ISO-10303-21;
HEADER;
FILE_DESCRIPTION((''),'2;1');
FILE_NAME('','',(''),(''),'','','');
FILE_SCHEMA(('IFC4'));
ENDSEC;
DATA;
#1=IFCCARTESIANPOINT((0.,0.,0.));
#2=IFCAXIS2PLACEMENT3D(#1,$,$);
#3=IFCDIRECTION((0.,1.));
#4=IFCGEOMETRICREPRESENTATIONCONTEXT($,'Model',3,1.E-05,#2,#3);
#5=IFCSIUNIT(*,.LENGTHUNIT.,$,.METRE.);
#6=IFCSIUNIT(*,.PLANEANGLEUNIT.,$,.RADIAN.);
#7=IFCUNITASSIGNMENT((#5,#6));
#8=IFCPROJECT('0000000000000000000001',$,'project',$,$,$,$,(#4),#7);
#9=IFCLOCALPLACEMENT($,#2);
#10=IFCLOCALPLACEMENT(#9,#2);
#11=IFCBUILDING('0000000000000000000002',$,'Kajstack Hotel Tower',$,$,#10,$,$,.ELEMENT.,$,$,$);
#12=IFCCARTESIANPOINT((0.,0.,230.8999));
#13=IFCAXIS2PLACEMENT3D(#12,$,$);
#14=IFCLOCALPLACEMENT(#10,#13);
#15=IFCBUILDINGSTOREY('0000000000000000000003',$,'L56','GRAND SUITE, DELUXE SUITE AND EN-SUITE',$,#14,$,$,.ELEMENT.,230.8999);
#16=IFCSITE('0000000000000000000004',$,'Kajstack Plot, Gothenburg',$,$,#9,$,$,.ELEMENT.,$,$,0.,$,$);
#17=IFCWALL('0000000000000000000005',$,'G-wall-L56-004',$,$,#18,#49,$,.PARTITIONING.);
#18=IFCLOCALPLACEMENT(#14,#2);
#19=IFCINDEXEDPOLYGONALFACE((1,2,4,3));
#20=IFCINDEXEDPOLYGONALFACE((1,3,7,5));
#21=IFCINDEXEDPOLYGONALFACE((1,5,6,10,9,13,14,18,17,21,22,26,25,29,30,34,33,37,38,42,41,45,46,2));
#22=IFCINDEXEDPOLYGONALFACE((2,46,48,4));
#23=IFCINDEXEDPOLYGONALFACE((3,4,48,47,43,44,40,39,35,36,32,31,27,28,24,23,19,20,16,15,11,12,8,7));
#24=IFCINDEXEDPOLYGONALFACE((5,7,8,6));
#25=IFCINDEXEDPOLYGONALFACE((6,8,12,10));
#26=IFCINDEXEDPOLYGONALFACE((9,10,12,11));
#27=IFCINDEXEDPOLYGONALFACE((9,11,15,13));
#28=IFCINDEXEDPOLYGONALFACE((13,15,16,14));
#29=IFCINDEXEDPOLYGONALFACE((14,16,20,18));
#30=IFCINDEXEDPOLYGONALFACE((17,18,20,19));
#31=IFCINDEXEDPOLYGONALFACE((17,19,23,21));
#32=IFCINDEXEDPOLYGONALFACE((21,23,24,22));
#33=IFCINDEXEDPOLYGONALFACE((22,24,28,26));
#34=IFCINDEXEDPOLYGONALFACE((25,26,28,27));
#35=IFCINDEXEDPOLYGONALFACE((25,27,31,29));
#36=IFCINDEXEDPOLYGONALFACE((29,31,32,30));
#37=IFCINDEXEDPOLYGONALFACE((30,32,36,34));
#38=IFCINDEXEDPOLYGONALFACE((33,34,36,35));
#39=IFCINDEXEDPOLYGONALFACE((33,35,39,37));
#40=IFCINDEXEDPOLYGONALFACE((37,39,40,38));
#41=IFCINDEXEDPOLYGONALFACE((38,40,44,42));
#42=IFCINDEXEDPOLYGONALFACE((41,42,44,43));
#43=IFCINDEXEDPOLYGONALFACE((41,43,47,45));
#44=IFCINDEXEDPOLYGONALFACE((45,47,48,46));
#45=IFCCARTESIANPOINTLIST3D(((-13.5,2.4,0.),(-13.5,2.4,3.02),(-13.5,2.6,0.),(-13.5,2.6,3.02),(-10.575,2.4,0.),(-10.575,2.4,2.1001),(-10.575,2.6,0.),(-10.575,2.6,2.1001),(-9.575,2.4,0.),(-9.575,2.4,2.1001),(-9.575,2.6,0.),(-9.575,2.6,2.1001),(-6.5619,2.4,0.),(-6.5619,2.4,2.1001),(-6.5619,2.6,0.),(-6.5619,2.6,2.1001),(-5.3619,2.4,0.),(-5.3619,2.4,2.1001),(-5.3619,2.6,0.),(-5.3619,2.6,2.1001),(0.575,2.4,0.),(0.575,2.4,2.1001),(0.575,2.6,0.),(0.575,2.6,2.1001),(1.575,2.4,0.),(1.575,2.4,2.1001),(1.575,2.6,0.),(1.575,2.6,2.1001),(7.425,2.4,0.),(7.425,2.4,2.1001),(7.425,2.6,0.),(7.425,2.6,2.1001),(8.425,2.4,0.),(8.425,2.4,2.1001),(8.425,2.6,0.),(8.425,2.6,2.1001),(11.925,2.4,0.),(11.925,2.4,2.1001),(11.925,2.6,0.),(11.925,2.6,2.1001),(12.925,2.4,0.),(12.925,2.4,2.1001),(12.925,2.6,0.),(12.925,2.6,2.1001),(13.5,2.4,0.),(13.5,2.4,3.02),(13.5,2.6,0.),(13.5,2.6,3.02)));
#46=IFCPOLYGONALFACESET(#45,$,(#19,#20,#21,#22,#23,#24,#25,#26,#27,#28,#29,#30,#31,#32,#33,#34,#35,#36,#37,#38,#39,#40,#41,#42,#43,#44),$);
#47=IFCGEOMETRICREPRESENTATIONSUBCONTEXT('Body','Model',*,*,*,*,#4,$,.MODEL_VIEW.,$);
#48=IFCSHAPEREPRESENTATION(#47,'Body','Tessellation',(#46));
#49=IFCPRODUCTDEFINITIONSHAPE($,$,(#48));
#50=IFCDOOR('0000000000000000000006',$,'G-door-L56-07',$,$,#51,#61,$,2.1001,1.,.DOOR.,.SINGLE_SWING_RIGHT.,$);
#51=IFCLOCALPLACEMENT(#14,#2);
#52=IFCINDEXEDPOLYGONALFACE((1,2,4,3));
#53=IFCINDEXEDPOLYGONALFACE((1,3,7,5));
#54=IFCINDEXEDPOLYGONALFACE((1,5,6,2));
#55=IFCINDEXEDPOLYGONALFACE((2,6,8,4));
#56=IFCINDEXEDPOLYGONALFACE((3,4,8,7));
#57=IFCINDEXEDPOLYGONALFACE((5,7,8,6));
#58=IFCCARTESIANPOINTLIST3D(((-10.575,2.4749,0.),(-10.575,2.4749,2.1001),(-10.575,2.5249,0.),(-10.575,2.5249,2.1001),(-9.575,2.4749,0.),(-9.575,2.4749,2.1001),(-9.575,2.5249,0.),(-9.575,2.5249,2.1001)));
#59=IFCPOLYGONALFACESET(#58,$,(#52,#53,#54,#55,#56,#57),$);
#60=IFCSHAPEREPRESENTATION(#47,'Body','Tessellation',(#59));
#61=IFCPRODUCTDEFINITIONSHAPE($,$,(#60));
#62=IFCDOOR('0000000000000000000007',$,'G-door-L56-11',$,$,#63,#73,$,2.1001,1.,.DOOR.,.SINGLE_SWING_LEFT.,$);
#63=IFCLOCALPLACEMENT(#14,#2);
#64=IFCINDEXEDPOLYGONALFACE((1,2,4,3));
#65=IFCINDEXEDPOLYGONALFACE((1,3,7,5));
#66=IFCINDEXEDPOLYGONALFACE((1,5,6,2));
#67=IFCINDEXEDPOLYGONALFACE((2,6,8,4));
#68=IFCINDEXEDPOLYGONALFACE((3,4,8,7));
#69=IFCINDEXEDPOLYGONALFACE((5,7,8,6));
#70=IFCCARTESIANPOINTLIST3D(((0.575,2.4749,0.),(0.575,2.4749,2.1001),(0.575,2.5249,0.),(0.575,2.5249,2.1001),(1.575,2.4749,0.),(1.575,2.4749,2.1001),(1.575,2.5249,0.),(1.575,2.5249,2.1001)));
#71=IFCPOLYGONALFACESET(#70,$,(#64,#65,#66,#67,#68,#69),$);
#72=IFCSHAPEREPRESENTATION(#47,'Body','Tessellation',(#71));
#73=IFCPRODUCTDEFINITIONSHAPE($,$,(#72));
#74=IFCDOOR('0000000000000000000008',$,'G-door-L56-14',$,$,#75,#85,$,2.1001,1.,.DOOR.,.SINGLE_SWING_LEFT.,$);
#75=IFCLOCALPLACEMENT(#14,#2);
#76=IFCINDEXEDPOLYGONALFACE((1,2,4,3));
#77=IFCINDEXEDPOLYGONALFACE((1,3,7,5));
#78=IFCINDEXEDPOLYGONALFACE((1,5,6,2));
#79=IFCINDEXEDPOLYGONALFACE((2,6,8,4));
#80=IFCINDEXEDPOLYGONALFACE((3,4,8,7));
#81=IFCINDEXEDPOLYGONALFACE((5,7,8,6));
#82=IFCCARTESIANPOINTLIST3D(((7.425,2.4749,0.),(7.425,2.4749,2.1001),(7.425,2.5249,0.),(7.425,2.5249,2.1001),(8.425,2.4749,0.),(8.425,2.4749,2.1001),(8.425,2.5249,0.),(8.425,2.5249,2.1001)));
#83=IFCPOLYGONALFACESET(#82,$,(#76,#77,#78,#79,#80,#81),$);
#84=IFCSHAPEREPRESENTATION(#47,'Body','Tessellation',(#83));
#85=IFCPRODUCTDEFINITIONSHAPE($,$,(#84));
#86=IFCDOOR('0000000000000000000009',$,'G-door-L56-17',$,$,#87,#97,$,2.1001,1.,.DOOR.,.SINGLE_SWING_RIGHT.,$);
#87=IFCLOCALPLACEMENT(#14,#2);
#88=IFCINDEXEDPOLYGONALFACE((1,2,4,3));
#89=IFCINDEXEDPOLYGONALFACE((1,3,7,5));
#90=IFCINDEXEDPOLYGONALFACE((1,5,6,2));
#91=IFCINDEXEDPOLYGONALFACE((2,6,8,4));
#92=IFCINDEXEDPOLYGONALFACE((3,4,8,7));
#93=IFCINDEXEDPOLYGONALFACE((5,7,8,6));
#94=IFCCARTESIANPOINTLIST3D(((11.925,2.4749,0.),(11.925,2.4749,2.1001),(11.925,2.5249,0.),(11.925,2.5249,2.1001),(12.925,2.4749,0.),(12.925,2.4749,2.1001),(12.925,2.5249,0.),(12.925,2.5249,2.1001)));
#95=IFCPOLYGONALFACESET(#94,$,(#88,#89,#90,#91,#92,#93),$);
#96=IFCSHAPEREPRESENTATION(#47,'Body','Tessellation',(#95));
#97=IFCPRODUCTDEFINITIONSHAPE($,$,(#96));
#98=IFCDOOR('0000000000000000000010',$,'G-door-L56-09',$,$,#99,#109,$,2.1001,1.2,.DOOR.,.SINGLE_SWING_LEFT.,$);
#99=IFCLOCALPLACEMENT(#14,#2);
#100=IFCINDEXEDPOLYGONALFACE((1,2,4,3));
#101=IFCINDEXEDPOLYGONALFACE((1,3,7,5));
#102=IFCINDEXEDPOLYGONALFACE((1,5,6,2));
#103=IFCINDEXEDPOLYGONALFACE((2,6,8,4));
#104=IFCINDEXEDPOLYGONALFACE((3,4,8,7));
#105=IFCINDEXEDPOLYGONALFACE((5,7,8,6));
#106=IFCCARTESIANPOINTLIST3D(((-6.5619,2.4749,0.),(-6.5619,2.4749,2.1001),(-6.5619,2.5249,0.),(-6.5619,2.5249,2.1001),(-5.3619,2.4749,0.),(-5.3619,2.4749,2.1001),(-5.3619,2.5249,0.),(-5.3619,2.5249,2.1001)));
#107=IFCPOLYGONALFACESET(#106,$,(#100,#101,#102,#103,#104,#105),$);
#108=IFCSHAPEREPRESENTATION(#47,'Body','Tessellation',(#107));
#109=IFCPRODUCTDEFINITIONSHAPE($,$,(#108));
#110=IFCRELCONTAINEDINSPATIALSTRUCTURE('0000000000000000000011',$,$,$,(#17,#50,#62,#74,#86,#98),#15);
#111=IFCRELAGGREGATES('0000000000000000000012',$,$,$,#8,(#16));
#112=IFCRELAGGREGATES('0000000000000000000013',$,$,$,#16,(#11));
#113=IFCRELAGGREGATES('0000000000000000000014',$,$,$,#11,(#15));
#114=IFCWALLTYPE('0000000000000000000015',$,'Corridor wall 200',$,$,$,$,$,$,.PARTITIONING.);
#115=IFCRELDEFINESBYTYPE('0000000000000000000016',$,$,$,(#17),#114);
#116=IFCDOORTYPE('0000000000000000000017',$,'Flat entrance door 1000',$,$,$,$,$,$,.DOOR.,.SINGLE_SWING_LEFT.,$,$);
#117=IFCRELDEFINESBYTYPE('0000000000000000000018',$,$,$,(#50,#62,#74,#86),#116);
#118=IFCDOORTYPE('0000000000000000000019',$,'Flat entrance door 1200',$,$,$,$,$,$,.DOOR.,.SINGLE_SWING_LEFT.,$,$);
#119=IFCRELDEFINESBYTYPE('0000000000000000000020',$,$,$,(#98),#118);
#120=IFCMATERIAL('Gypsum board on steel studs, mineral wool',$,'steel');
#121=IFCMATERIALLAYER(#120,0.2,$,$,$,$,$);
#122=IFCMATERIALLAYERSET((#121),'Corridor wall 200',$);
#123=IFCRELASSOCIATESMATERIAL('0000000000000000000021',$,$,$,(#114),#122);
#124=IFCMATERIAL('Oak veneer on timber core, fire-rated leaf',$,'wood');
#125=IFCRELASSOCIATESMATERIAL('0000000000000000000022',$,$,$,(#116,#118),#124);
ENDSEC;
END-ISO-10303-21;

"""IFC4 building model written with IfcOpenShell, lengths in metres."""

from ifc_helpers import new_model, si_unit, direction, frame, frame_2d, origin, place, context, subcontext, project, spatial, rectangle, extrude, material, layer, layer_set, type_object, element, fill, save


model = new_model("IFC4")

# Units and contexts
model_context = context("Model", 3, precision=1e-05, world=origin(), true_north=direction((0.0, 1.0)))
body_context = subcontext(model_context, "Body", "Model", "MODEL_VIEW")
ifc_project = project(units=[si_unit("LENGTHUNIT", "METRE"), si_unit("PLANEANGLEUNIT", "RADIAN")], contexts=[model_context])

# Site, building, storey
site_placement = place(None, origin())
site = spatial("IfcSite", under=ifc_project, at=site_placement, Name="Kajstack Plot, Gothenburg", CompositionType="ELEMENT", RefElevation=0.0)
building_placement = place(site_placement, origin())
building = spatial("IfcBuilding", under=site, at=building_placement, Name="Kajstack Hotel Tower", CompositionType="ELEMENT")
storey_placement = place(building_placement, frame((0.0, 0.0, 230.8999)))
storey = spatial("IfcBuildingStorey", under=building, at=storey_placement, Name="L56", Description="GRAND SUITE, DELUXE SUITE AND EN-SUITE", CompositionType="ELEMENT", Elevation=230.8999)

# Wall, openings, doors
ifc_material_1 = material(Name="Gypsum board on steel studs, mineral wool", Category="steel")
ifc_layer_1 = layer(ifc_material_1, 0.2)
ifc_layer_set_1 = layer_set([ifc_layer_1], Name="Corridor wall 200")
wall_type_1 = type_object("IfcWallType", Name="Corridor wall 200", PredefinedType="PARTITIONING", material=ifc_layer_set_1)
wall_1_placement = place(storey_placement, frame((-13.5, 2.5, 0.0), z_axis=(0.0, 0.0, 1.0), x_axis=(1.0, 0.0, 0.0)))
wall_1 = element("IfcWall", 1, at=wall_1_placement, inside=storey, type_object=wall_type_1, Name="G-wall-L56-004", PredefinedType="PARTITIONING", context=body_context, shape_type="SweptSolid", body=[
    extrude(rectangle(XDim=27.0, YDim=0.2, at=frame_2d((13.5, 0.0))), origin(), (0.0, 0.0, 1.0), 3.02),
])
opening_1_placement = place(wall_1_placement, frame((2.925, 0.0, 0.0)))
opening_1 = element("IfcOpeningElement", 2, at=opening_1_placement, cuts=wall_1, PredefinedType="OPENING", context=body_context, shape_type="SweptSolid", body=[
    extrude(rectangle(XDim=1.0, YDim=2.1001, at=frame_2d((0.5, 1.05))), frame((0.0, 0.1099, 0.0), z_axis=(0.0, -1.0, 0.0), x_axis=(1.0, 0.0, 0.0)), (0.0, 0.0, 1.0), 0.22),
])
opening_2_placement = place(wall_1_placement, frame((6.938, 0.0, 0.0)))
opening_2 = element("IfcOpeningElement", 3, at=opening_2_placement, cuts=wall_1, PredefinedType="OPENING", context=body_context, shape_type="SweptSolid", body=[
    extrude(rectangle(XDim=1.2, YDim=2.1001, at=frame_2d((0.6001, 1.05))), frame((0.0, 0.1099, 0.0), z_axis=(0.0, -1.0, 0.0), x_axis=(1.0, 0.0, 0.0)), (0.0, 0.0, 1.0), 0.22),
])
opening_3_placement = place(wall_1_placement, frame((14.075, 0.0, 0.0)))
opening_3 = element("IfcOpeningElement", 4, at=opening_3_placement, cuts=wall_1, PredefinedType="OPENING", context=body_context, shape_type="SweptSolid", body=[
    extrude(rectangle(XDim=1.0, YDim=2.1001, at=frame_2d((0.5, 1.05))), frame((0.0, 0.1099, 0.0), z_axis=(0.0, -1.0, 0.0), x_axis=(1.0, 0.0, 0.0)), (0.0, 0.0, 1.0), 0.22),
])
opening_4_placement = place(wall_1_placement, frame((20.925, 0.0, 0.0)))
opening_4 = element("IfcOpeningElement", 5, at=opening_4_placement, cuts=wall_1, PredefinedType="OPENING", context=body_context, shape_type="SweptSolid", body=[
    extrude(rectangle(XDim=1.0, YDim=2.1001, at=frame_2d((0.5, 1.05))), frame((0.0, 0.1099, 0.0), z_axis=(0.0, -1.0, 0.0), x_axis=(1.0, 0.0, 0.0)), (0.0, 0.0, 1.0), 0.22),
])
opening_5_placement = place(wall_1_placement, frame((25.425, 0.0, 0.0)))
opening_5 = element("IfcOpeningElement", 6, at=opening_5_placement, cuts=wall_1, PredefinedType="OPENING", context=body_context, shape_type="SweptSolid", body=[
    extrude(rectangle(XDim=1.0, YDim=2.1001, at=frame_2d((0.5, 1.05))), frame((0.0, 0.1099, 0.0), z_axis=(0.0, -1.0, 0.0), x_axis=(1.0, 0.0, 0.0)), (0.0, 0.0, 1.0), 0.22),
])
ifc_material_2 = material(Name="Oak veneer on timber core, fire-rated leaf", Category="wood")
door_type_1 = type_object("IfcDoorType", Name="Flat entrance door 1000", OperationType="SINGLE_SWING_LEFT", PredefinedType="DOOR", material=ifc_material_2)
door_1_placement = place(opening_1_placement, origin())
door_1 = element("IfcDoor", 7, at=door_1_placement, inside=storey, type_object=door_type_1, Name="G-door-L56-07", OperationType="SINGLE_SWING_RIGHT", OverallHeight=2.1001, OverallWidth=1.0, PredefinedType="DOOR", context=body_context, shape_type="SweptSolid", body=[
    extrude(rectangle(XDim=1.0, YDim=2.1001, at=frame_2d((0.5, 1.05))), frame((0.0, 0.0249, 0.0), z_axis=(0.0, -1.0, 0.0), x_axis=(1.0, 0.0, 0.0)), (0.0, 0.0, 1.0), 0.05),
])
fill(opening_1, door_1)
door_2_placement = place(opening_3_placement, origin())
door_2 = element("IfcDoor", 8, at=door_2_placement, inside=storey, type_object=door_type_1, Name="G-door-L56-11", OperationType="SINGLE_SWING_LEFT", OverallHeight=2.1001, OverallWidth=1.0, PredefinedType="DOOR", context=body_context, shape_type="SweptSolid", body=[
    extrude(rectangle(XDim=1.0, YDim=2.1001, at=frame_2d((0.5, 1.05))), frame((0.0, 0.0249, 0.0), z_axis=(0.0, -1.0, 0.0), x_axis=(1.0, 0.0, 0.0)), (0.0, 0.0, 1.0), 0.05),
])
fill(opening_3, door_2)
door_3_placement = place(opening_4_placement, origin())
door_3 = element("IfcDoor", 9, at=door_3_placement, inside=storey, type_object=door_type_1, Name="G-door-L56-14", OperationType="SINGLE_SWING_LEFT", OverallHeight=2.1001, OverallWidth=1.0, PredefinedType="DOOR", context=body_context, shape_type="SweptSolid", body=[
    extrude(rectangle(XDim=1.0, YDim=2.1001, at=frame_2d((0.5, 1.05))), frame((0.0, 0.0249, 0.0), z_axis=(0.0, -1.0, 0.0), x_axis=(1.0, 0.0, 0.0)), (0.0, 0.0, 1.0), 0.05),
])
fill(opening_4, door_3)
door_4_placement = place(opening_5_placement, origin())
door_4 = element("IfcDoor", 10, at=door_4_placement, inside=storey, type_object=door_type_1, Name="G-door-L56-17", OperationType="SINGLE_SWING_RIGHT", OverallHeight=2.1001, OverallWidth=1.0, PredefinedType="DOOR", context=body_context, shape_type="SweptSolid", body=[
    extrude(rectangle(XDim=1.0, YDim=2.1001, at=frame_2d((0.5, 1.05))), frame((0.0, 0.0249, 0.0), z_axis=(0.0, -1.0, 0.0), x_axis=(1.0, 0.0, 0.0)), (0.0, 0.0, 1.0), 0.05),
])
fill(opening_5, door_4)
door_type_2 = type_object("IfcDoorType", Name="Flat entrance door 1200", OperationType="SINGLE_SWING_LEFT", PredefinedType="DOOR", material=ifc_material_2)
door_5_placement = place(opening_2_placement, origin())
door_5 = element("IfcDoor", 11, at=door_5_placement, inside=storey, type_object=door_type_2, Name="G-door-L56-09", OperationType="SINGLE_SWING_LEFT", OverallHeight=2.1001, OverallWidth=1.2, PredefinedType="DOOR", context=body_context, shape_type="SweptSolid", body=[
    extrude(rectangle(XDim=1.2, YDim=2.1001, at=frame_2d((0.6001, 1.05))), frame((0.0, 0.0249, 0.0), z_axis=(0.0, -1.0, 0.0), x_axis=(1.0, 0.0, 0.0)), (0.0, 0.0, 1.0), 0.05),
])
fill(opening_2, door_5)

save(model, "model.ifc")
